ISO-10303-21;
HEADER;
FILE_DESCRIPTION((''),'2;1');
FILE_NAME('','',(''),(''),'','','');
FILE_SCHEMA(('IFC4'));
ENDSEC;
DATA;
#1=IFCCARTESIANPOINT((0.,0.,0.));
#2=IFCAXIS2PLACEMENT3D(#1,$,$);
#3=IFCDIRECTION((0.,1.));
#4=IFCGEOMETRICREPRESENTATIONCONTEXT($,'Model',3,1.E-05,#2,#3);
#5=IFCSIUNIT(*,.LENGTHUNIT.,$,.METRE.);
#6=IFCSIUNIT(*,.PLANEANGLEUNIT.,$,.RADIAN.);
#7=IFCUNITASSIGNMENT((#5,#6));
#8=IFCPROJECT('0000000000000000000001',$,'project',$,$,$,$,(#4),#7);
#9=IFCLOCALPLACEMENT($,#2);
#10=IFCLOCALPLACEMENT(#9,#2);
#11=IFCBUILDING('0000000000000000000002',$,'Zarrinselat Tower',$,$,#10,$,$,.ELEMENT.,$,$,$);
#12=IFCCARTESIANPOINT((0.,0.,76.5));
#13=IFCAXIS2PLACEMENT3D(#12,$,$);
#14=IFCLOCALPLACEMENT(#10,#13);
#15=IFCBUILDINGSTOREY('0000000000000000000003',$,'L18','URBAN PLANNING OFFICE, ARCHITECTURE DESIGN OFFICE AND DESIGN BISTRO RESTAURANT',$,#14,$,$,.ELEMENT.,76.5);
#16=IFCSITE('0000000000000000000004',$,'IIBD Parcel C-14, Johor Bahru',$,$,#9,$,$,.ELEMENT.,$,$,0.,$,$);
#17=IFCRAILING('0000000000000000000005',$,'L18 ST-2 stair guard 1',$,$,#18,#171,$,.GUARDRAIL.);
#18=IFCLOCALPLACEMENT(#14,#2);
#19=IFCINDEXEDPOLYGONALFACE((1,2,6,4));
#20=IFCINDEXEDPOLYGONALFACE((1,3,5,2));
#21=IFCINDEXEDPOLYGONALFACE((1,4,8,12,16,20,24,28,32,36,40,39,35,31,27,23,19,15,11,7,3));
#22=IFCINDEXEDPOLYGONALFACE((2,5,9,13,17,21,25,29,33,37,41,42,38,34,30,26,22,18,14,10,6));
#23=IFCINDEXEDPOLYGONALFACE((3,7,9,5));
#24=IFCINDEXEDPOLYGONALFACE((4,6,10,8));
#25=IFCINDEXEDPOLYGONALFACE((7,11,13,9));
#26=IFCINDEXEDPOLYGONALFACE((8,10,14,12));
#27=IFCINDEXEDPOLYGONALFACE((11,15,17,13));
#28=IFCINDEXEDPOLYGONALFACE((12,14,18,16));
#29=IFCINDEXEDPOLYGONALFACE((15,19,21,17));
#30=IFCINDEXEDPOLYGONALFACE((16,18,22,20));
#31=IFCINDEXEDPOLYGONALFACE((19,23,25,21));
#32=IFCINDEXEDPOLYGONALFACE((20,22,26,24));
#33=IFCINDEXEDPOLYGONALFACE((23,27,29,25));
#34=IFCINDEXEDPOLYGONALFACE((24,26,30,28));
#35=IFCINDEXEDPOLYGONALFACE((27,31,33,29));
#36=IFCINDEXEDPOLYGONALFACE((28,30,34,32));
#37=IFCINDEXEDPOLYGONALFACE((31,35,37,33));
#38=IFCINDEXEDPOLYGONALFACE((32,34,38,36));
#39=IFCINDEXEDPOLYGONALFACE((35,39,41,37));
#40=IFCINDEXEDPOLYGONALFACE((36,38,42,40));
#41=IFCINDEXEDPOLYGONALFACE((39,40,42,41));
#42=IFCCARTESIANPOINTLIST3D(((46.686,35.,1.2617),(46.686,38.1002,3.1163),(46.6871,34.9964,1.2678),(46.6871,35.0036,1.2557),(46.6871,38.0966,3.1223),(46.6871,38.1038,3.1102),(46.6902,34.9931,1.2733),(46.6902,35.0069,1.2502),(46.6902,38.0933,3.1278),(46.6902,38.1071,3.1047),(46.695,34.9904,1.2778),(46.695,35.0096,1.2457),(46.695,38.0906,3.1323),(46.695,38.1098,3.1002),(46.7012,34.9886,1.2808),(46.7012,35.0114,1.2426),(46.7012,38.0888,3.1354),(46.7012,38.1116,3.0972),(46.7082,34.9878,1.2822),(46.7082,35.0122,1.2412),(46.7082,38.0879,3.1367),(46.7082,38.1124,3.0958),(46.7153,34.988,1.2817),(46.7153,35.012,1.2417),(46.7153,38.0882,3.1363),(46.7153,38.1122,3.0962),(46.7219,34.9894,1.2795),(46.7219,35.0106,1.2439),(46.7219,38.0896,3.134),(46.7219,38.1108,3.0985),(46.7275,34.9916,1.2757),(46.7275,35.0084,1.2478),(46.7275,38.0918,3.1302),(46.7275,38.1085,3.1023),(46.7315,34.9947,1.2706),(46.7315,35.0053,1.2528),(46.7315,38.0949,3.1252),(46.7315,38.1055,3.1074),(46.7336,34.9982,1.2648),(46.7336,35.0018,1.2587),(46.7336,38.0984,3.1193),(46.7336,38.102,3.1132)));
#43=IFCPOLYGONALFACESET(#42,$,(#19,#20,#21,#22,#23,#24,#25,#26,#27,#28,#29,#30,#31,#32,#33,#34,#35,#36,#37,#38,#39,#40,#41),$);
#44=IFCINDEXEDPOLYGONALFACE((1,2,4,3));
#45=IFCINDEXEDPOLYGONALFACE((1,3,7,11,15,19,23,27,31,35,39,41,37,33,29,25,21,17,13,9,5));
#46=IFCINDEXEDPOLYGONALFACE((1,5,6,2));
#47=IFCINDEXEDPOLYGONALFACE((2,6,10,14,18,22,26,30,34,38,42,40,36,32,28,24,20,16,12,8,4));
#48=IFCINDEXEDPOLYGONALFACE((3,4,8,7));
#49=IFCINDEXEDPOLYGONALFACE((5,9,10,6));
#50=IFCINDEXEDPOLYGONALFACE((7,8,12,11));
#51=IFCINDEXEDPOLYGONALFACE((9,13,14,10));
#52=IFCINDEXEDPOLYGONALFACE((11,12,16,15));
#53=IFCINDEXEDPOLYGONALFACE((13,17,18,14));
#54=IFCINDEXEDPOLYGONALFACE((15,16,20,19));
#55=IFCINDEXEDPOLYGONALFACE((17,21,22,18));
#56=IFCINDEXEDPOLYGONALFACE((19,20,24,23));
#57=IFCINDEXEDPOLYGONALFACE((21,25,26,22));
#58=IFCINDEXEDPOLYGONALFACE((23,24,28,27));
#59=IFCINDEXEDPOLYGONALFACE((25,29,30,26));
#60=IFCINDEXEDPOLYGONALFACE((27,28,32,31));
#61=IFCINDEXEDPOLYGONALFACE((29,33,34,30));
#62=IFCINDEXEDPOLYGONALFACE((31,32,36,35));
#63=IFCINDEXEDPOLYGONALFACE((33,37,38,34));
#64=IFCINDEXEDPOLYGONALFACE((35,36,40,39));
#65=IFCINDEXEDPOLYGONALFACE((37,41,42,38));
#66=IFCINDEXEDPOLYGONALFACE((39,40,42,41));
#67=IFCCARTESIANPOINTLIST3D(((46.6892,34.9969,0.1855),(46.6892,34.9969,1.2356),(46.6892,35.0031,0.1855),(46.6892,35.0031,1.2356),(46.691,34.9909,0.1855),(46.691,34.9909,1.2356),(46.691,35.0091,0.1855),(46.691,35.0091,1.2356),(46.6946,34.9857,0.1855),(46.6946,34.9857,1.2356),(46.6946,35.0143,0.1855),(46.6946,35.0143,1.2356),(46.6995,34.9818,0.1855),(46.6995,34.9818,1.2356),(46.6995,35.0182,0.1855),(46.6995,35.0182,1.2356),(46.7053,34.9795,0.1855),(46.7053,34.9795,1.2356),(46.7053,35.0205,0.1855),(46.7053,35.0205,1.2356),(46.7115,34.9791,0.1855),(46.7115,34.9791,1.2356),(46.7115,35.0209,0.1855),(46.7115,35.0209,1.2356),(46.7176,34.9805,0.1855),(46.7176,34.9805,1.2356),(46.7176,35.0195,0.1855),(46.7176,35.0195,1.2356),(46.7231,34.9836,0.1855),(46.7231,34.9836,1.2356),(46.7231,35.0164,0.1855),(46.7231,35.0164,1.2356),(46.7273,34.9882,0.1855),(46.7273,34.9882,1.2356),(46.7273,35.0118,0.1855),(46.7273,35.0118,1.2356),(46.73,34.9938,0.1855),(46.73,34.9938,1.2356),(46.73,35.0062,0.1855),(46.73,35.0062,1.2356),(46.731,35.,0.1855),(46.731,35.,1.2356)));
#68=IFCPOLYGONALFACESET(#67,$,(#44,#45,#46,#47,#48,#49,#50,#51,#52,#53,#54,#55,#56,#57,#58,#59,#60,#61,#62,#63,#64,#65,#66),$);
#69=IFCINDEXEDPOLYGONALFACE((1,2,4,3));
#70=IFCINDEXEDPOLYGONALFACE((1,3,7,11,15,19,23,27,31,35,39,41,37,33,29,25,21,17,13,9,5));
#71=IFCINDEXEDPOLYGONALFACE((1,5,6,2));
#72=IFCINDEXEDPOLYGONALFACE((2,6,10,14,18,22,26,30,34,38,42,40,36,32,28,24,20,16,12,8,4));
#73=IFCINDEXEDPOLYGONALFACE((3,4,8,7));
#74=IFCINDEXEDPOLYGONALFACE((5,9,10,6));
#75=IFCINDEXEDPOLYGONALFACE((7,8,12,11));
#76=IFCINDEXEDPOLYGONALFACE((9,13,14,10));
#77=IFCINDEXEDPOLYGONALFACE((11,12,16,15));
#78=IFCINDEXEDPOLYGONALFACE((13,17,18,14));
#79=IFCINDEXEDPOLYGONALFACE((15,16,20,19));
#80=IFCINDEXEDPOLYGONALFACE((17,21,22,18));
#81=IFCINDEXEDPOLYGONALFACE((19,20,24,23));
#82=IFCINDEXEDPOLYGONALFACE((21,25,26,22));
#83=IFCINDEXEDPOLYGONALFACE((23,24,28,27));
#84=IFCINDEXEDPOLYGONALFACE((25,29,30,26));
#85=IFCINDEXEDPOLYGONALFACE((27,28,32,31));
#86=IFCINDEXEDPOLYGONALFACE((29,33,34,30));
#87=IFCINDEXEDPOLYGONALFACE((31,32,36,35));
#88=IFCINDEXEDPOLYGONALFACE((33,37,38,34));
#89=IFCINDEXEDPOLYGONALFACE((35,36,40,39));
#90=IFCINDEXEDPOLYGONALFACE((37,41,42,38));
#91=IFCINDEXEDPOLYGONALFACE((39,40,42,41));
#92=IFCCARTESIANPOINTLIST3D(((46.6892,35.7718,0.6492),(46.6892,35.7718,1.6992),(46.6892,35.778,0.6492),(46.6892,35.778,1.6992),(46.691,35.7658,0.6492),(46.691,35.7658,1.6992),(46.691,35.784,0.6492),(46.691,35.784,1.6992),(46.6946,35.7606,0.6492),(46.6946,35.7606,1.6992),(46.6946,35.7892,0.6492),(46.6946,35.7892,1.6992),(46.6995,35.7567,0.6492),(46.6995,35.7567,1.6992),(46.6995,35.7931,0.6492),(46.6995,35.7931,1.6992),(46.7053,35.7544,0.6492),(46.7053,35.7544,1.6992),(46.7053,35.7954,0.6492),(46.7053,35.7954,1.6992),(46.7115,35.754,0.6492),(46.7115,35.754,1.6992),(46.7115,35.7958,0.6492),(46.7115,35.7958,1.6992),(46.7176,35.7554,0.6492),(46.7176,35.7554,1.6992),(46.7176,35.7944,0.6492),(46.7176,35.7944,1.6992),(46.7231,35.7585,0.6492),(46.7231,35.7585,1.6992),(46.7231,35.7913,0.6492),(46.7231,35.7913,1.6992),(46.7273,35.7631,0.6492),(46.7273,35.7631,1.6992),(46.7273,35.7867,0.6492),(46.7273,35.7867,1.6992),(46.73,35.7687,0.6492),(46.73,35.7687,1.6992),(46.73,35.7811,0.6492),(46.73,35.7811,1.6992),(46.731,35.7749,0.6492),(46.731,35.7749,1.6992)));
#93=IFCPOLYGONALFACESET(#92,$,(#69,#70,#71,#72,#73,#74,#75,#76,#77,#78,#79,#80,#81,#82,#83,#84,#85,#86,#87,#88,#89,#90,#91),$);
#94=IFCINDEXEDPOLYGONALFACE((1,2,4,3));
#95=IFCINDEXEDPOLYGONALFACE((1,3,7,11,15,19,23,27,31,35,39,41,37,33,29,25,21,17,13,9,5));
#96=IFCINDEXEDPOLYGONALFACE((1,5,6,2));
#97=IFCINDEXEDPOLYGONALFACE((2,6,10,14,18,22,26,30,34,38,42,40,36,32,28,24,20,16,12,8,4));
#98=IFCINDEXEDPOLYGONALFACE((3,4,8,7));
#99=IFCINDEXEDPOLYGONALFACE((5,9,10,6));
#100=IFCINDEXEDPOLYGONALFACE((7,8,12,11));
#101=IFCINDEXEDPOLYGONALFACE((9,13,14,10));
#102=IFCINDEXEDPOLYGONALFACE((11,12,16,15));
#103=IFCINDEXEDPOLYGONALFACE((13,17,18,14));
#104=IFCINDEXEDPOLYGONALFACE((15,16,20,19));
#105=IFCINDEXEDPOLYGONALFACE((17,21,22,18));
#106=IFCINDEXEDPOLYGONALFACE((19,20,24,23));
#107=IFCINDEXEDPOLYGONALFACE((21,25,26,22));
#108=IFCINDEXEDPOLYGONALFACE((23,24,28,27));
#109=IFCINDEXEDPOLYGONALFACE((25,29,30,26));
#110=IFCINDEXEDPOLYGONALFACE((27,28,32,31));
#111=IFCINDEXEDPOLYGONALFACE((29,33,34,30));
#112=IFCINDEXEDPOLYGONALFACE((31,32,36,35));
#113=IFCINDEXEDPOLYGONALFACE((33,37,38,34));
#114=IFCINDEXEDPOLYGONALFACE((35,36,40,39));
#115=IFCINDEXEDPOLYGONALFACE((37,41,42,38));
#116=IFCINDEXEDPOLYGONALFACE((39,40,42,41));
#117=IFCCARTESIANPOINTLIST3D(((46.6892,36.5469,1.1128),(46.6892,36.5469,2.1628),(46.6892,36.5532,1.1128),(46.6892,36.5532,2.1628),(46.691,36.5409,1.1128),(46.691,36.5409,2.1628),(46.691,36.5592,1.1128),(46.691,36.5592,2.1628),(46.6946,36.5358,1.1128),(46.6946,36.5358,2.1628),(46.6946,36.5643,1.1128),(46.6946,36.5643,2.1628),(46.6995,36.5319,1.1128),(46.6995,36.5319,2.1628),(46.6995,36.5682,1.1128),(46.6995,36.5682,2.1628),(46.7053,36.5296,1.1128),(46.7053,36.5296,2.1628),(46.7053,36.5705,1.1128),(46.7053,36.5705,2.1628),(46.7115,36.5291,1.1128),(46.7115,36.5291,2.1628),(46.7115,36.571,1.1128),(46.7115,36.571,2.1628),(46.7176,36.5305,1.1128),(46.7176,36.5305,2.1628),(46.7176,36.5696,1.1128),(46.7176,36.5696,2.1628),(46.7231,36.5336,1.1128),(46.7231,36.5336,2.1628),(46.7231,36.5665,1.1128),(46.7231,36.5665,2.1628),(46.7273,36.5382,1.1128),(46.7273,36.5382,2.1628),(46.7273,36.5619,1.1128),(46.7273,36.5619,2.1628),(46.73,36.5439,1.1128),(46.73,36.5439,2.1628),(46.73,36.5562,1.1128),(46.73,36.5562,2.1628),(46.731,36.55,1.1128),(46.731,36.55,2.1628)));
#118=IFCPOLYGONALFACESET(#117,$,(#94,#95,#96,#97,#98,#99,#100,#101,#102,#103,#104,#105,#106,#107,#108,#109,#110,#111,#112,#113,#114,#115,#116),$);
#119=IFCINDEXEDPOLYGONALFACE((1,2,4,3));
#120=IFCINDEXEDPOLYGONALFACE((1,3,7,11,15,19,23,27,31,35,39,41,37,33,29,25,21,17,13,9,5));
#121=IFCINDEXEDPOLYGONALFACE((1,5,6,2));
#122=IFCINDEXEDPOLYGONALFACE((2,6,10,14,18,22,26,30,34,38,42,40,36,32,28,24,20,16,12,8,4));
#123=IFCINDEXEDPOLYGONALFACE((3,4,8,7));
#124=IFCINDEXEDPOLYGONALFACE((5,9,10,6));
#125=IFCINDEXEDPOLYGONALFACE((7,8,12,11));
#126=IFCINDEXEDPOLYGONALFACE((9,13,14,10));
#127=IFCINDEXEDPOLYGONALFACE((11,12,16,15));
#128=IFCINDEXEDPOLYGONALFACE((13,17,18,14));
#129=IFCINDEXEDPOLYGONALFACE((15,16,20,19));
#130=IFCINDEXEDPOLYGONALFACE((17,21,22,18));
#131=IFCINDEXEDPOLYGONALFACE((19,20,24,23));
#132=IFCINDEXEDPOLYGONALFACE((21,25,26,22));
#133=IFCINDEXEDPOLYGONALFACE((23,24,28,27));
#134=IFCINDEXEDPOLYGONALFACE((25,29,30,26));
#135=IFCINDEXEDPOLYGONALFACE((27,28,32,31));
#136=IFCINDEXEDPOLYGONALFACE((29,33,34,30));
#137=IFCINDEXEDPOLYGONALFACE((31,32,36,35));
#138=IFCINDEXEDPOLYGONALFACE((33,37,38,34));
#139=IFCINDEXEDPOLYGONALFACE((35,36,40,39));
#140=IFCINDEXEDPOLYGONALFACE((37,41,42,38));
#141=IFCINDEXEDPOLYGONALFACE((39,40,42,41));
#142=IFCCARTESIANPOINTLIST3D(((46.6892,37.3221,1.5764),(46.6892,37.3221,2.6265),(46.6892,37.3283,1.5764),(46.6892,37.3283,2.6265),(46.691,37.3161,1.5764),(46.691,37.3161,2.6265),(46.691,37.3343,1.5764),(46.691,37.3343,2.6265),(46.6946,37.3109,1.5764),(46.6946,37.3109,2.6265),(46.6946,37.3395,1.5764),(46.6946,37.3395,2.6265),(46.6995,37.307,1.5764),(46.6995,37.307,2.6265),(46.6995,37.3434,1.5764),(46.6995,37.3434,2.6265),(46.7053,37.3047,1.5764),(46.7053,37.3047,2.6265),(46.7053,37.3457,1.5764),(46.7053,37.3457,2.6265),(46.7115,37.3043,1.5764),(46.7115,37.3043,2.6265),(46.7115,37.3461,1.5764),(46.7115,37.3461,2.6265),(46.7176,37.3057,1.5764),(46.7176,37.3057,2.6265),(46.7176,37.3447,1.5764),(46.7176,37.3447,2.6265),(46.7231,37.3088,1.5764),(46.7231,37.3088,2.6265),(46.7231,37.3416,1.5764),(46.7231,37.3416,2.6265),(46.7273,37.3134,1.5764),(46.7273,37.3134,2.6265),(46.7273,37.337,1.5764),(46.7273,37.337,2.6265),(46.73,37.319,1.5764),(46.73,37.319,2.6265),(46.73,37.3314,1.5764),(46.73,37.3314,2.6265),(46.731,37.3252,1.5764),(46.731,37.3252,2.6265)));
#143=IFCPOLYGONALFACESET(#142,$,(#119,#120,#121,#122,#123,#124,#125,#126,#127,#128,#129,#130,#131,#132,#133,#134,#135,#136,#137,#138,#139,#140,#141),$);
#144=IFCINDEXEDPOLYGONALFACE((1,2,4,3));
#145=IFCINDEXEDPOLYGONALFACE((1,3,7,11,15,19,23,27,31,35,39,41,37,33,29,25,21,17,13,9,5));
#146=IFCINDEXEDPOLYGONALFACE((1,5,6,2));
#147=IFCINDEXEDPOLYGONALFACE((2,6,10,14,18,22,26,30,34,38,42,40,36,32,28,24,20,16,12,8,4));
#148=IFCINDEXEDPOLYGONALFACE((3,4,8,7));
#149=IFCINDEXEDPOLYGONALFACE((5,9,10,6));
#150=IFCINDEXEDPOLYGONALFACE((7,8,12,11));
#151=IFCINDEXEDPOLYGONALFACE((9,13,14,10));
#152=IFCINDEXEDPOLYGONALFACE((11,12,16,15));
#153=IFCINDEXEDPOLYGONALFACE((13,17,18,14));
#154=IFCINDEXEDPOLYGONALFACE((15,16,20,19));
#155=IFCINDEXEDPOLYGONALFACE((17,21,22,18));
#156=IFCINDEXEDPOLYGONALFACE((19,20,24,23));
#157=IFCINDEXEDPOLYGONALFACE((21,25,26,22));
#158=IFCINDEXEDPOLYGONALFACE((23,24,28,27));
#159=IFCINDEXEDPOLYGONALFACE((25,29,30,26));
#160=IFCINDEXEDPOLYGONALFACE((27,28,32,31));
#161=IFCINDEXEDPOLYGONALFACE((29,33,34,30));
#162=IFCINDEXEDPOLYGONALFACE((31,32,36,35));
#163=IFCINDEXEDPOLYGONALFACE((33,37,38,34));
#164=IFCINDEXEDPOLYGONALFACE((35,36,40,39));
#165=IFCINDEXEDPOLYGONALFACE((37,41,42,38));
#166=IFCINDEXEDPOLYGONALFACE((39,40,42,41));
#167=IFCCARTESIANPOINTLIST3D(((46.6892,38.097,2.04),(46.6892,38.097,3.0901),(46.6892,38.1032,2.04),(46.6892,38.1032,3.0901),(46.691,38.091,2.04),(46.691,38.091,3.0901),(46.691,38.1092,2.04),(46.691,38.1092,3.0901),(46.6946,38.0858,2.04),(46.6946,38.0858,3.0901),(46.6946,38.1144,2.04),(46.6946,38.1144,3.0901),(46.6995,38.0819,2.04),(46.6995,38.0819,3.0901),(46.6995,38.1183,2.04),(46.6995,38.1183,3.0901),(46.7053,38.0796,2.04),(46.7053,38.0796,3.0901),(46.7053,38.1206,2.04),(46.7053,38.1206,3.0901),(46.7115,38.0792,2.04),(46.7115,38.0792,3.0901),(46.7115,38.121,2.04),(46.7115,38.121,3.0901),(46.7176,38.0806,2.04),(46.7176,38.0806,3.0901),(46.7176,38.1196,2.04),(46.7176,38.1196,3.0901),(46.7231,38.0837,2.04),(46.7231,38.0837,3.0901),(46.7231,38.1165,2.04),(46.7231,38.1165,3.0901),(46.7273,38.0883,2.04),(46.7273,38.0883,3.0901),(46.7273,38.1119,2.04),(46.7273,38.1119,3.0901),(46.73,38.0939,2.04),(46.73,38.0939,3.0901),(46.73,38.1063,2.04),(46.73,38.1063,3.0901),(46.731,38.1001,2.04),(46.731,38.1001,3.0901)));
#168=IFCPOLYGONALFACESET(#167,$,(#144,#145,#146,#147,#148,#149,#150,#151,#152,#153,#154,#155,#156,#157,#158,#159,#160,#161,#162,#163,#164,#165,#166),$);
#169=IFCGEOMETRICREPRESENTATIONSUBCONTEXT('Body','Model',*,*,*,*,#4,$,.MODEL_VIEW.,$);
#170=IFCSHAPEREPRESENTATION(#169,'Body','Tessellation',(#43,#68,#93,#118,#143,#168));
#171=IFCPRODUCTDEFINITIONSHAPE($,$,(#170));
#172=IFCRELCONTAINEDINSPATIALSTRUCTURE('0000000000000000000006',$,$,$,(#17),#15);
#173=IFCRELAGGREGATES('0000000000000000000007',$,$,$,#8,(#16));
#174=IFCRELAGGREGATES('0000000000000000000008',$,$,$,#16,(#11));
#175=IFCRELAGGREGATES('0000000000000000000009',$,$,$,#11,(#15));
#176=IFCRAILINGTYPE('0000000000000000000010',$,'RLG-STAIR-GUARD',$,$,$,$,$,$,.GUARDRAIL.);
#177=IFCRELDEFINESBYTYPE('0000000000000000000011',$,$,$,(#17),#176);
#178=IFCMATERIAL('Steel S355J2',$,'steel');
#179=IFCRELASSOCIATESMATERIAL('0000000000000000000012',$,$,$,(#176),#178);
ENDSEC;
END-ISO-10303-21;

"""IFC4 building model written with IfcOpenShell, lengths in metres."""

from ifc_helpers import new_model, si_unit, direction, frame, origin, origin_2d, place, context, subcontext, project, spatial, circle, extrude, material, type_object, element, save


model = new_model("IFC4")

# Units and contexts
model_context = context("Model", 3, precision=1e-05, world=origin(), true_north=direction((0.0, 1.0)))
body_context = subcontext(model_context, "Body", "Model", "MODEL_VIEW")
ifc_project = project(units=[si_unit("LENGTHUNIT", "METRE"), si_unit("PLANEANGLEUNIT", "RADIAN")], contexts=[model_context])

# Site, building, storey
site_placement = place(None, origin())
site = spatial("IfcSite", under=ifc_project, at=site_placement, Name="IIBD Parcel C-14, Johor Bahru", CompositionType="ELEMENT", RefElevation=0.0)
building_placement = place(site_placement, origin())
building = spatial("IfcBuilding", under=site, at=building_placement, Name="Zarrinselat Tower", CompositionType="ELEMENT")
storey_placement = place(building_placement, frame((0.0, 0.0, 76.5)))
storey = spatial("IfcBuildingStorey", under=building, at=storey_placement, Name="L18", Description="URBAN PLANNING OFFICE, ARCHITECTURE DESIGN OFFICE AND DESIGN BISTRO RESTAURANT", CompositionType="ELEMENT", Elevation=76.5)

# Railing
ifc_material_1 = material(Name="Steel S355J2", Category="steel")
railing_type_1 = type_object("IfcRailingType", Name="RLG-STAIR-GUARD", PredefinedType="GUARDRAIL", material=ifc_material_1)
railing_1_placement = place(storey_placement, frame((46.71, 35.0, 0.1855)))
element("IfcRailing", 1, at=railing_1_placement, inside=storey, type_object=railing_type_1, Name="L18 ST-2 stair guard 1", PredefinedType="GUARDRAIL", context=body_context, shape_type="SweptSolid", body=[
    extrude(circle(Radius=0.0239, at=origin_2d()), frame((0.0, 0.0, 1.0762), z_axis=(0.0, 0.858172, 0.513362), x_axis=(-1.0, 0.0, 0.0)), (0.0, 0.0, 1.0), 3.6125),
    extrude(circle(Radius=0.021, at=origin_2d()), origin(), (0.0, 0.0, 1.0), 1.05),
    extrude(circle(Radius=0.021, at=origin_2d()), frame((0.0, 0.7749, 0.4636)), (0.0, 0.0, 1.0), 1.05),
    extrude(circle(Radius=0.021, at=origin_2d()), frame((0.0, 1.55, 0.9272)), (0.0, 0.0, 1.0), 1.05),
    extrude(circle(Radius=0.021, at=origin_2d()), frame((0.0, 2.3252, 1.3909)), (0.0, 0.0, 1.0), 1.05),
    extrude(circle(Radius=0.021, at=origin_2d()), frame((0.0, 3.1001, 1.8545)), (0.0, 0.0, 1.0), 1.05),
])

save(model, "model.ifc")
